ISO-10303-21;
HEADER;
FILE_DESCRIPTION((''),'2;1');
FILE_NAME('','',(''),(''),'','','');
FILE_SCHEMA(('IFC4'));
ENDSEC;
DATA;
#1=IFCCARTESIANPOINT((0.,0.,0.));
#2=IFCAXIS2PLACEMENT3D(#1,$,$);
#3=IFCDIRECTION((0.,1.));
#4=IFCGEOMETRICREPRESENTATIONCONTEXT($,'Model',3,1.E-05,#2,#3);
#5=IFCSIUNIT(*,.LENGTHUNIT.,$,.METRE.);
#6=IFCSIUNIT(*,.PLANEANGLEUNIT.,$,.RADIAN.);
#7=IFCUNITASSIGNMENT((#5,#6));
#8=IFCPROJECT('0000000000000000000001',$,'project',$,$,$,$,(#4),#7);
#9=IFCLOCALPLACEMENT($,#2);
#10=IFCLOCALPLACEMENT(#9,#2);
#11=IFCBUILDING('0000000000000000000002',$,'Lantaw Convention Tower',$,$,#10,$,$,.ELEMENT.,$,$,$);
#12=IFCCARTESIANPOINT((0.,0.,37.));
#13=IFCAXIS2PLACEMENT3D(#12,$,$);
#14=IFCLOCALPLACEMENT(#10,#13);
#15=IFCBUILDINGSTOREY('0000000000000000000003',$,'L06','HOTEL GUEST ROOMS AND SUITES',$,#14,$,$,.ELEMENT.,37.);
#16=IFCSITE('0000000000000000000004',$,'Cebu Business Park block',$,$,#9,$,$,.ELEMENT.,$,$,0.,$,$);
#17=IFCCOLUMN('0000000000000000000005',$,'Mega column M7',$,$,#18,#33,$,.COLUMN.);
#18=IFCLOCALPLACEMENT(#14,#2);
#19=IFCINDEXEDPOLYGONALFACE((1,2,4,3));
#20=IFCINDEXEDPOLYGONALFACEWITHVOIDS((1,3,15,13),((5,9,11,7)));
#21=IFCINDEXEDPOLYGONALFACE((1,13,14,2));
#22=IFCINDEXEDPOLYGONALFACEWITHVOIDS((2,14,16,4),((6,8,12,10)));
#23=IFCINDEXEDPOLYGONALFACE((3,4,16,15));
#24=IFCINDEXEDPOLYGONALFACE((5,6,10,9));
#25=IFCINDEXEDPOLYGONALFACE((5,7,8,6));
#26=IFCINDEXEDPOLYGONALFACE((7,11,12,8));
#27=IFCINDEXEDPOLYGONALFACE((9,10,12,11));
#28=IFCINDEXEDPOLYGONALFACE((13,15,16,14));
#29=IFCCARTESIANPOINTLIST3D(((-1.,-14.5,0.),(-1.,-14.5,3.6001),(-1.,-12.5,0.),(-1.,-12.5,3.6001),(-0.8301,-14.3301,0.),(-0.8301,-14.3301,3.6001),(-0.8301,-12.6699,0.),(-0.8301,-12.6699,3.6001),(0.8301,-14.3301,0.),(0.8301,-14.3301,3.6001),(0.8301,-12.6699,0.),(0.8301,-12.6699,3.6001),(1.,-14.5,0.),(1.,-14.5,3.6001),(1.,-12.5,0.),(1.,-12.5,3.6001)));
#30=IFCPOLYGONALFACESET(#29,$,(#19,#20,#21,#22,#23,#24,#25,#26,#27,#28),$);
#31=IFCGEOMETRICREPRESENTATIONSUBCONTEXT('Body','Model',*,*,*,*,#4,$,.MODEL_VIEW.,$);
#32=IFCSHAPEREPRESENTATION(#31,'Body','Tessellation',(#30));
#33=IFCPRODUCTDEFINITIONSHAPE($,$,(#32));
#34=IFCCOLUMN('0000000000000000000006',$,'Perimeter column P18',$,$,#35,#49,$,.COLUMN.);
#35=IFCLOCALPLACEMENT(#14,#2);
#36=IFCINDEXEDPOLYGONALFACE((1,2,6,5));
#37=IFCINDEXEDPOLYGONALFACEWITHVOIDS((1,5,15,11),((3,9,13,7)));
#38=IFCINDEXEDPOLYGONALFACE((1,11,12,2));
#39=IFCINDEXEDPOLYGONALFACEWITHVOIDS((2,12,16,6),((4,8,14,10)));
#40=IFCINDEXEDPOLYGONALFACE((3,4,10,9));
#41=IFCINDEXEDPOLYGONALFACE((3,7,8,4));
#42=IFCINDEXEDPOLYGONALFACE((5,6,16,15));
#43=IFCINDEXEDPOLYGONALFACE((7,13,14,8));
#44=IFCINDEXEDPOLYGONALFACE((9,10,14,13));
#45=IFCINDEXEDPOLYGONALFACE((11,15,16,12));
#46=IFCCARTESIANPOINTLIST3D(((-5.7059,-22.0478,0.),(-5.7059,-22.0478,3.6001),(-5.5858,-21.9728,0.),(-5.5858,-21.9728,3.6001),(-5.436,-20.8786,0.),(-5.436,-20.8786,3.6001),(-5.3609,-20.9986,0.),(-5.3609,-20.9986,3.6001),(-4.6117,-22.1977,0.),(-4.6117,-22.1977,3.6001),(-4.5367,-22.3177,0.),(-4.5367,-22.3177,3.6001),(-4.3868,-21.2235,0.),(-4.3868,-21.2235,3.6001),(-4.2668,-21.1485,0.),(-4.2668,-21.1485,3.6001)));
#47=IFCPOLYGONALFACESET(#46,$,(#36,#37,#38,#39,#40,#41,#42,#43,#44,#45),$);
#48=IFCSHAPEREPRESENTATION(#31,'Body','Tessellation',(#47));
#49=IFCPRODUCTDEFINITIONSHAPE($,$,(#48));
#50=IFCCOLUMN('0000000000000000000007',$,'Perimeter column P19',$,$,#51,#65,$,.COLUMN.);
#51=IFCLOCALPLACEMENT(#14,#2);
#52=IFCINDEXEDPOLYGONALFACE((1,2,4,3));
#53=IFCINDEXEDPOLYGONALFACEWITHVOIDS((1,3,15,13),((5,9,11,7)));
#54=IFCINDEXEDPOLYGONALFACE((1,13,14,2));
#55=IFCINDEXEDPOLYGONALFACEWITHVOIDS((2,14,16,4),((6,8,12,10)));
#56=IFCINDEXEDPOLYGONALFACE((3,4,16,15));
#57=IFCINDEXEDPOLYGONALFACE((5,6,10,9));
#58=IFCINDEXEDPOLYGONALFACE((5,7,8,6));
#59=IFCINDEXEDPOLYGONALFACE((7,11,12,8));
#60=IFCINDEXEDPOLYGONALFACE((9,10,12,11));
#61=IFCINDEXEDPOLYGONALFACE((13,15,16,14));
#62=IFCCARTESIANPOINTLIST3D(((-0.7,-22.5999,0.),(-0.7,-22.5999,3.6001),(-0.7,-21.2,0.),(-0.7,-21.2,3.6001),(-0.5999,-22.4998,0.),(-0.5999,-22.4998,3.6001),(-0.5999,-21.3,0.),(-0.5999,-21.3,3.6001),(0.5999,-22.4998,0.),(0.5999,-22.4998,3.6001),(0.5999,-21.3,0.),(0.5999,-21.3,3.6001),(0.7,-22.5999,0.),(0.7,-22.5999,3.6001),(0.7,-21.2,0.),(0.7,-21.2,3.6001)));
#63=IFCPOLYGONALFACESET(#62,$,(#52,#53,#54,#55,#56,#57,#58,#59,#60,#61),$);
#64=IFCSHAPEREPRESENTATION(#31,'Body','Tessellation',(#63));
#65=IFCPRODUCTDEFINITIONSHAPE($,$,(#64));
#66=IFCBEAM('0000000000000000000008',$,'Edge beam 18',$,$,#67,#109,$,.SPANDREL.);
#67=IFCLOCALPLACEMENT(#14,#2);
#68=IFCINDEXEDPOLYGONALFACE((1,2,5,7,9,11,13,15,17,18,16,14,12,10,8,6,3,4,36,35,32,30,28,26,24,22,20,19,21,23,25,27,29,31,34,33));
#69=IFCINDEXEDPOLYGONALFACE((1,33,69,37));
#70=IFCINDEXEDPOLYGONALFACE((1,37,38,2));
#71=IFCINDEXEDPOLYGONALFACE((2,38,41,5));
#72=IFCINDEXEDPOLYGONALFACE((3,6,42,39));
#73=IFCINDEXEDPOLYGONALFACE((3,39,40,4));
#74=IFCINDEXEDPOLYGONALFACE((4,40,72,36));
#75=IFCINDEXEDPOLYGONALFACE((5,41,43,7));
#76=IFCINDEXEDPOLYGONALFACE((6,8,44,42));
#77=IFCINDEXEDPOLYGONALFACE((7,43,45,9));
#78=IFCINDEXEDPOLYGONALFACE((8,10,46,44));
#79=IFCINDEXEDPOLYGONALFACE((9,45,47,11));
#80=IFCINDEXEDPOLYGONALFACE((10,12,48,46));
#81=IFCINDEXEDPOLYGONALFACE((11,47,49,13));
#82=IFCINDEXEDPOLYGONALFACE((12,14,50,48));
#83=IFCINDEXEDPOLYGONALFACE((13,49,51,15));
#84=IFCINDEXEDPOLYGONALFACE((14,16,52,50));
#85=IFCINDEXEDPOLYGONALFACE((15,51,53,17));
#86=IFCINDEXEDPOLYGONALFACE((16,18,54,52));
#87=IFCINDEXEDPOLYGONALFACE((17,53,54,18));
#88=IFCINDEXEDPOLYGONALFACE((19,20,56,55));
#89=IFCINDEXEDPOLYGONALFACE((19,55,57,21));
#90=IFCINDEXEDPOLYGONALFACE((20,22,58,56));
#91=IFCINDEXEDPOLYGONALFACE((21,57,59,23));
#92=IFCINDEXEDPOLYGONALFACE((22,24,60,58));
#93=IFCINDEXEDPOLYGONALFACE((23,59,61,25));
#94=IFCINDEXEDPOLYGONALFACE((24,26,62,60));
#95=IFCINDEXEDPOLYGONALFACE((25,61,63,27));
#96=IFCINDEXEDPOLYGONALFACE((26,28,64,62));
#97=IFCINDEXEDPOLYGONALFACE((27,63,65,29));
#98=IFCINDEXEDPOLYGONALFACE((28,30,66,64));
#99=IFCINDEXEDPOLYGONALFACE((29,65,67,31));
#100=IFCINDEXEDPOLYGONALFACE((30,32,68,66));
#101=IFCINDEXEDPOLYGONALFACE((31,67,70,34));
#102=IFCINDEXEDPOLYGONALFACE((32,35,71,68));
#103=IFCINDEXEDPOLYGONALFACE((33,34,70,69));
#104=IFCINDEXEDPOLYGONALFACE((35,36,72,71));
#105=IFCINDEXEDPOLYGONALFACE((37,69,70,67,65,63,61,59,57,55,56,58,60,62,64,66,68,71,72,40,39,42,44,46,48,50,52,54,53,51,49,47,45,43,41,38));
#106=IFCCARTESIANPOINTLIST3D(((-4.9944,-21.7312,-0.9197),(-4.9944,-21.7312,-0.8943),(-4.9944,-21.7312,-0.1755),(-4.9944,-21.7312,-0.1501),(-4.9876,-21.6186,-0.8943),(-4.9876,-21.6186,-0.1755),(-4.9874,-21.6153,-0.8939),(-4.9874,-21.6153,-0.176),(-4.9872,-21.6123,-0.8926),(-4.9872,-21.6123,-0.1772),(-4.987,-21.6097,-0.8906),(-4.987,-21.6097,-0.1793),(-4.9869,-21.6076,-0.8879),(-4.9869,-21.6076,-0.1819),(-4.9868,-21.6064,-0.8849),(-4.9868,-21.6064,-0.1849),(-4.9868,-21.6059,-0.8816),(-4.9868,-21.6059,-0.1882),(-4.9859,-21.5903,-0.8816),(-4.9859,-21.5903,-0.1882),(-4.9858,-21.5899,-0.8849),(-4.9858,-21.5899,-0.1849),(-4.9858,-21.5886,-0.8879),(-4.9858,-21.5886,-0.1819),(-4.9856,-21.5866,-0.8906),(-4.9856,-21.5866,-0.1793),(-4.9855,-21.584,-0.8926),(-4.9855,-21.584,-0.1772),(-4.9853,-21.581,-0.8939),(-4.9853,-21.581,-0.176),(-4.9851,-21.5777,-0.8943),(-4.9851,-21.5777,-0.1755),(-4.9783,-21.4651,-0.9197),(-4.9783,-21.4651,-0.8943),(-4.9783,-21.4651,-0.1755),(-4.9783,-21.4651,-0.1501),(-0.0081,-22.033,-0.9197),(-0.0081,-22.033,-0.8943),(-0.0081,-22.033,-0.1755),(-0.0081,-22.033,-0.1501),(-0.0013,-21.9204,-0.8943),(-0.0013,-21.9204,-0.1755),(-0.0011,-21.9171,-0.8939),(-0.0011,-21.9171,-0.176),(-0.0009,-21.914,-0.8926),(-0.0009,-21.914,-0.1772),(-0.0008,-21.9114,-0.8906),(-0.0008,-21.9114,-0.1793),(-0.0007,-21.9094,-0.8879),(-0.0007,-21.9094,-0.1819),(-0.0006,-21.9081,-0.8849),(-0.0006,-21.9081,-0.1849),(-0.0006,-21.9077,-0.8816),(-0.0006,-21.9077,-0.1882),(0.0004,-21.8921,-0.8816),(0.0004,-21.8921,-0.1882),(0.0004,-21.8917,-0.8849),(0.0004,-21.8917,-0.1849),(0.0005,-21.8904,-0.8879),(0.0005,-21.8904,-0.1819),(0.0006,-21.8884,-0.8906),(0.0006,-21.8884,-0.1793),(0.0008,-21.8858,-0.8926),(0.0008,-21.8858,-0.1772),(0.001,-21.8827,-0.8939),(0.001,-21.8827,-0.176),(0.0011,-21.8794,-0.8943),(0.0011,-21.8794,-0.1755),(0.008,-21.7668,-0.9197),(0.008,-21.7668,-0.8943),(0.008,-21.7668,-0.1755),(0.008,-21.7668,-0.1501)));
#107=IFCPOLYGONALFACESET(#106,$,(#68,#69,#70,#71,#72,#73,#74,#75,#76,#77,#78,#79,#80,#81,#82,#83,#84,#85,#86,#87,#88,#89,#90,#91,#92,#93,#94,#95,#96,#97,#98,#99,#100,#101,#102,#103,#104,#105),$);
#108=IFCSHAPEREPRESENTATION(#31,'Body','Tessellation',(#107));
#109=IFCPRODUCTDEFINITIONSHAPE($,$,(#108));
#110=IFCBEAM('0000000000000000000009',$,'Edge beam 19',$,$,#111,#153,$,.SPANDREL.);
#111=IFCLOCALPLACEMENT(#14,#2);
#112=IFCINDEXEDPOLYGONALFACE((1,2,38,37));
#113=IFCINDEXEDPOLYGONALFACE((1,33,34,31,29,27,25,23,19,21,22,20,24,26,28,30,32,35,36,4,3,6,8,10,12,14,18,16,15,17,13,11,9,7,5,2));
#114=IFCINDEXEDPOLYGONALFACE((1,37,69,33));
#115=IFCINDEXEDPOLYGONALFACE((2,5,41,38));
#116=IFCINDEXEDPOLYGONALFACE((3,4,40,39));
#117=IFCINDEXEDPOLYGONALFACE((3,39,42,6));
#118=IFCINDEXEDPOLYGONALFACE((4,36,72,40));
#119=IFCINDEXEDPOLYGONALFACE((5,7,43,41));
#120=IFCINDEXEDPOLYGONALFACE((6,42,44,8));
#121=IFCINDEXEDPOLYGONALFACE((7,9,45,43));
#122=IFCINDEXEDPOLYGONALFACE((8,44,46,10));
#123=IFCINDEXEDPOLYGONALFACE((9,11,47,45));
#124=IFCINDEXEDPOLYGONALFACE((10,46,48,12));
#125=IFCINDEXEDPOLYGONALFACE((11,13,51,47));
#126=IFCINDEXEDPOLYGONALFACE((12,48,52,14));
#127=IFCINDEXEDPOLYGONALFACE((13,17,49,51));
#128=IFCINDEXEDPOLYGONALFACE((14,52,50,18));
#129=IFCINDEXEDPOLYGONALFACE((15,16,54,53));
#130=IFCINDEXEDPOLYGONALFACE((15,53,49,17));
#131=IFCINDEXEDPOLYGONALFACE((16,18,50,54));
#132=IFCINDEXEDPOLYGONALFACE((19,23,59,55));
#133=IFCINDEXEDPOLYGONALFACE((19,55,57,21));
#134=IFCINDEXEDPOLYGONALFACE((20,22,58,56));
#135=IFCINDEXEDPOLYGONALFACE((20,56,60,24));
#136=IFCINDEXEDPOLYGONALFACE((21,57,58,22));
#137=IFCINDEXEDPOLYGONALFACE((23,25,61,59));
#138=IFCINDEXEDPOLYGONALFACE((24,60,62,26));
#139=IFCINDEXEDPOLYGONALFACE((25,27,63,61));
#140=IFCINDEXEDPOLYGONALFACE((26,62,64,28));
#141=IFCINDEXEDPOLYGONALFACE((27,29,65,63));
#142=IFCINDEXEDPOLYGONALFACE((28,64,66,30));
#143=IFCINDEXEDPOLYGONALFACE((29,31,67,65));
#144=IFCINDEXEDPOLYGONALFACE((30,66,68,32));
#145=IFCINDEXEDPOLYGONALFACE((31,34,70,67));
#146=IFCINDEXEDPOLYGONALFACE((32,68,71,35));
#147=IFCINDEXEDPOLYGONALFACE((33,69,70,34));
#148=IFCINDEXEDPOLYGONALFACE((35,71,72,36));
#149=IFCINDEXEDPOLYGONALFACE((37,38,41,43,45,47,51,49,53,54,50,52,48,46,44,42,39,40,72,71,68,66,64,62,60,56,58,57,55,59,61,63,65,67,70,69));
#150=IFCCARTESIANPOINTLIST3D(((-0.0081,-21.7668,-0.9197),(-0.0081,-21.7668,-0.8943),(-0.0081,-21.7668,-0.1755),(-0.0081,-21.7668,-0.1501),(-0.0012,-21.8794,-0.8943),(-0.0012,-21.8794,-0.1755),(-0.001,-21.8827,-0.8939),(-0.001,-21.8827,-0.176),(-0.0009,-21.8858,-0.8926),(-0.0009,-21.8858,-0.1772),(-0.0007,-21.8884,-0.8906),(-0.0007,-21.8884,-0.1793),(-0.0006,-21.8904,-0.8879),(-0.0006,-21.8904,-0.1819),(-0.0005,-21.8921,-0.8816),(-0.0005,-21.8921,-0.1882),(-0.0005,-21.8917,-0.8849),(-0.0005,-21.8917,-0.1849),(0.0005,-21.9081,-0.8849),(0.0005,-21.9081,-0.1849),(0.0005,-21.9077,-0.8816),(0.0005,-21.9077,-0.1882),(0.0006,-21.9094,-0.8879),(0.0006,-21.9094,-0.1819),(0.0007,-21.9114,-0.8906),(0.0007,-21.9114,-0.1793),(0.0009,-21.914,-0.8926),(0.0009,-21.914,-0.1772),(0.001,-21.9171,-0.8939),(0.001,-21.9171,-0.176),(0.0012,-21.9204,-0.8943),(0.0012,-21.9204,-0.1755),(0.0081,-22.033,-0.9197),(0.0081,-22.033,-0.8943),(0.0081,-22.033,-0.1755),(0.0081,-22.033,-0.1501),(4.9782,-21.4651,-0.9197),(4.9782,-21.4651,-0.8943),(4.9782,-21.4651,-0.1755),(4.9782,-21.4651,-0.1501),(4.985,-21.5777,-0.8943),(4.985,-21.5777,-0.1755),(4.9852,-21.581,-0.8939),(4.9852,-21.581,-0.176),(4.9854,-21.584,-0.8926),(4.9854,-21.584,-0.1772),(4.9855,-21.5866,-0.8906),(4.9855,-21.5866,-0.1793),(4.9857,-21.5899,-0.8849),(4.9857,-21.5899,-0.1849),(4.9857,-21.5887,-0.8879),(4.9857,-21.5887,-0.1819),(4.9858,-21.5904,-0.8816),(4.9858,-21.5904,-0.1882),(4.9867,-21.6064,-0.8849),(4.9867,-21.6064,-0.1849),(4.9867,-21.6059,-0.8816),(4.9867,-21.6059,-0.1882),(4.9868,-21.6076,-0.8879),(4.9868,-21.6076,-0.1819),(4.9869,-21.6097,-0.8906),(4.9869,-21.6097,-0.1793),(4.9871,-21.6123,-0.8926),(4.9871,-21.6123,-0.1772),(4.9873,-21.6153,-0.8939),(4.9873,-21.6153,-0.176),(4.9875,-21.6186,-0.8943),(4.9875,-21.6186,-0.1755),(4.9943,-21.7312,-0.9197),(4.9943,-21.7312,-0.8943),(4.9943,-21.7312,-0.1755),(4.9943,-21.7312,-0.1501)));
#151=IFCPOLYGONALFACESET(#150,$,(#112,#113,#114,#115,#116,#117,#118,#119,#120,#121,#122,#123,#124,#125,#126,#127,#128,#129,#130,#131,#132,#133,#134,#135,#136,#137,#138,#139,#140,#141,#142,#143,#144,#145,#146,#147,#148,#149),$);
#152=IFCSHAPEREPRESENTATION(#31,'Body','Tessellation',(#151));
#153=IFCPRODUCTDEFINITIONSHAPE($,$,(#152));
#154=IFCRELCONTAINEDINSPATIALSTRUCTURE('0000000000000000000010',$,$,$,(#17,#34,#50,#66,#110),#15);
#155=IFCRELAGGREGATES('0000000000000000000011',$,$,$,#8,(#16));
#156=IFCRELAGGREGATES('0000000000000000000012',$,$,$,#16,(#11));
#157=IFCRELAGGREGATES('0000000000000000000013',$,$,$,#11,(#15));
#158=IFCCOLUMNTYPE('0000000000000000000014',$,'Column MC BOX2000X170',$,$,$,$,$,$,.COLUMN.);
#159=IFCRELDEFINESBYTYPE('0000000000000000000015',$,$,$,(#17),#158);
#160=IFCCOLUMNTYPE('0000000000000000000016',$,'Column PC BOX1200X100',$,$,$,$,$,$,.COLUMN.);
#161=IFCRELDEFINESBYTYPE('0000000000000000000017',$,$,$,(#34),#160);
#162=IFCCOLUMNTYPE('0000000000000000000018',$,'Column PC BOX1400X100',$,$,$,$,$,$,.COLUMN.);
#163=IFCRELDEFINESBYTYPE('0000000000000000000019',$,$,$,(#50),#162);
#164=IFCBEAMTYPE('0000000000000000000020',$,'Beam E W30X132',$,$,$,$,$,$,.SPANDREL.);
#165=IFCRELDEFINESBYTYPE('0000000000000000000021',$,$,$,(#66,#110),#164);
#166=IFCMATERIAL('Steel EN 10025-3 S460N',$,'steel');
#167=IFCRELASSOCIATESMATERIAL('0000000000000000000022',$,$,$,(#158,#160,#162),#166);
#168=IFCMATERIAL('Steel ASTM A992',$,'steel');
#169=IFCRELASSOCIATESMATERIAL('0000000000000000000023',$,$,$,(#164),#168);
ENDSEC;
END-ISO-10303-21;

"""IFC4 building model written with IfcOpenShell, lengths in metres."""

from ifc_helpers import new_model, si_unit, direction, frame, origin, origin_2d, place, context, subcontext, project, spatial, rectangle, hollow_rectangle, i_section, extrude, material, material_profile, profile_set, type_object, element, save


model = new_model("IFC4")

# Units and contexts
model_context = context("Model", 3, precision=1e-05, world=origin(), true_north=direction((0.0, 1.0)))
body_context = subcontext(model_context, "Body", "Model", "MODEL_VIEW")
ifc_project = project(units=[si_unit("LENGTHUNIT", "METRE"), si_unit("PLANEANGLEUNIT", "RADIAN")], contexts=[model_context])

# Site, building, storey
site_placement = place(None, origin())
site = spatial("IfcSite", under=ifc_project, at=site_placement, Name="Cebu Business Park block", CompositionType="ELEMENT", RefElevation=0.0)
building_placement = place(site_placement, origin())
building = spatial("IfcBuilding", under=site, at=building_placement, Name="Lantaw Convention Tower", CompositionType="ELEMENT")
storey_placement = place(building_placement, frame((0.0, 0.0, 37.0)))
storey = spatial("IfcBuildingStorey", under=building, at=storey_placement, Name="L06", Description="HOTEL GUEST ROOMS AND SUITES", CompositionType="ELEMENT", Elevation=37.0)

# Columns
ifc_material_1 = material(Name="Steel EN 10025-3 S460N", Category="steel")
ifc_material_profile_1 = material_profile(ifc_material_1, hollow_rectangle(XDim=2.0, YDim=2.0, WallThickness=0.1699, at=origin_2d()), Name="BOX2000X170")
ifc_material_2 = material(Name="Concrete C60/75", Category="concrete")
ifc_material_profile_2 = material_profile(ifc_material_2, rectangle(XDim=1.6599, YDim=1.6599, at=origin_2d()), Name="Concrete fill of BOX2000X170")
ifc_profile_set_1 = profile_set([ifc_material_profile_1, ifc_material_profile_2], Name="Steel EN 10025-3 S460N")
column_type_1 = type_object("IfcColumnType", Name="Column MC BOX2000X170", PredefinedType="COLUMN", material=ifc_profile_set_1)
column_1_placement = place(storey_placement, frame((0.0, -13.5, 0.0), z_axis=(0.0, 0.0, 1.0), x_axis=(1.0, 0.0, 0.0)))
element("IfcColumn", 1, at=column_1_placement, inside=storey, type_object=column_type_1, Name="Mega column M7", PredefinedType="COLUMN", context=body_context, shape_type="SweptSolid", body=[
    extrude(hollow_rectangle(XDim=2.0, YDim=2.0, WallThickness=0.1699, at=origin_2d()), origin(), (0.0, 0.0, 1.0), 3.6001),
])
ifc_material_profile_3 = material_profile(ifc_material_1, hollow_rectangle(XDim=1.2, YDim=1.2, WallThickness=0.1001, at=origin_2d()), Name="BOX1200X100")
ifc_material_profile_4 = material_profile(ifc_material_2, rectangle(XDim=1.0, YDim=1.0, at=origin_2d()), Name="Concrete fill of BOX1200X100")
ifc_profile_set_2 = profile_set([ifc_material_profile_3, ifc_material_profile_4], Name="Steel EN 10025-3 S460N")
column_type_2 = type_object("IfcColumnType", Name="Column PC BOX1200X100", PredefinedType="COLUMN", material=ifc_profile_set_2)
column_2_placement = place(storey_placement, frame((-4.9863, -21.5981, 0.0), z_axis=(0.0, 0.0, 1.0), x_axis=(0.224951, 0.97437, 0.0)))
element("IfcColumn", 2, at=column_2_placement, inside=storey, type_object=column_type_2, Name="Perimeter column P18", PredefinedType="COLUMN", context=body_context, shape_type="SweptSolid", body=[
    extrude(hollow_rectangle(XDim=1.2, YDim=1.2, WallThickness=0.1001, at=origin_2d()), origin(), (0.0, 0.0, 1.0), 3.6001),
])
ifc_material_profile_5 = material_profile(ifc_material_1, hollow_rectangle(XDim=1.3999, YDim=1.3999, WallThickness=0.1001, at=origin_2d()), Name="BOX1400X100")
ifc_material_profile_6 = material_profile(ifc_material_2, rectangle(XDim=1.2, YDim=1.2, at=origin_2d()), Name="Concrete fill of BOX1400X100")
ifc_profile_set_3 = profile_set([ifc_material_profile_5, ifc_material_profile_6], Name="Steel EN 10025-3 S460N")
column_type_3 = type_object("IfcColumnType", Name="Column PC BOX1400X100", PredefinedType="COLUMN", material=ifc_profile_set_3)
column_3_placement = place(storey_placement, frame((0.0, -21.8999, 0.0), z_axis=(0.0, 0.0, 1.0), x_axis=(1.0, 0.0, 0.0)))
element("IfcColumn", 3, at=column_3_placement, inside=storey, type_object=column_type_3, Name="Perimeter column P19", PredefinedType="COLUMN", context=body_context, shape_type="SweptSolid", body=[
    extrude(hollow_rectangle(XDim=1.3999, YDim=1.3999, WallThickness=0.1001, at=origin_2d()), origin(), (0.0, 0.0, 1.0), 3.6001),
])

# Beams
ifc_material_3 = material(Name="Steel ASTM A992", Category="steel")
ifc_material_profile_7 = material_profile(ifc_material_3, i_section(OverallWidth=0.2666, OverallDepth=0.7695, WebThickness=0.0156, FlangeThickness=0.0254, FilletRadius=0.0127, at=origin_2d()), Name="W30X132")
ifc_profile_set_4 = profile_set([ifc_material_profile_7], Name="Steel ASTM A992")
beam_type_1 = type_object("IfcBeamType", Name="Beam E W30X132", PredefinedType="SPANDREL", material=ifc_profile_set_4)
for number, where, z_axis, x_axis, name in (
    (4, (-4.9863, -21.5981, -0.5349), (0.998174, -0.060407, 0.0), (0.060407, 0.998174, 0.0), "Edge beam 18"),
    (5, (0.0, -21.8999, -0.5349), (0.998174, 0.060407, 0.0), (-0.060407, 0.998174, 0.0), "Edge beam 19"),
):
    element("IfcBeam", number, at=place(storey_placement, frame(where, z_axis=z_axis, x_axis=x_axis)), inside=storey, type_object=beam_type_1, Name=name, PredefinedType="SPANDREL", context=body_context, shape_type="SweptSolid", body=[
        extrude(i_section(OverallWidth=0.2666, OverallDepth=0.7695, WebThickness=0.0156, FlangeThickness=0.0254, FilletRadius=0.0127, at=origin_2d()), origin(), (0.0, 0.0, 1.0), 4.9954),
    ])

save(model, "model.ifc")
